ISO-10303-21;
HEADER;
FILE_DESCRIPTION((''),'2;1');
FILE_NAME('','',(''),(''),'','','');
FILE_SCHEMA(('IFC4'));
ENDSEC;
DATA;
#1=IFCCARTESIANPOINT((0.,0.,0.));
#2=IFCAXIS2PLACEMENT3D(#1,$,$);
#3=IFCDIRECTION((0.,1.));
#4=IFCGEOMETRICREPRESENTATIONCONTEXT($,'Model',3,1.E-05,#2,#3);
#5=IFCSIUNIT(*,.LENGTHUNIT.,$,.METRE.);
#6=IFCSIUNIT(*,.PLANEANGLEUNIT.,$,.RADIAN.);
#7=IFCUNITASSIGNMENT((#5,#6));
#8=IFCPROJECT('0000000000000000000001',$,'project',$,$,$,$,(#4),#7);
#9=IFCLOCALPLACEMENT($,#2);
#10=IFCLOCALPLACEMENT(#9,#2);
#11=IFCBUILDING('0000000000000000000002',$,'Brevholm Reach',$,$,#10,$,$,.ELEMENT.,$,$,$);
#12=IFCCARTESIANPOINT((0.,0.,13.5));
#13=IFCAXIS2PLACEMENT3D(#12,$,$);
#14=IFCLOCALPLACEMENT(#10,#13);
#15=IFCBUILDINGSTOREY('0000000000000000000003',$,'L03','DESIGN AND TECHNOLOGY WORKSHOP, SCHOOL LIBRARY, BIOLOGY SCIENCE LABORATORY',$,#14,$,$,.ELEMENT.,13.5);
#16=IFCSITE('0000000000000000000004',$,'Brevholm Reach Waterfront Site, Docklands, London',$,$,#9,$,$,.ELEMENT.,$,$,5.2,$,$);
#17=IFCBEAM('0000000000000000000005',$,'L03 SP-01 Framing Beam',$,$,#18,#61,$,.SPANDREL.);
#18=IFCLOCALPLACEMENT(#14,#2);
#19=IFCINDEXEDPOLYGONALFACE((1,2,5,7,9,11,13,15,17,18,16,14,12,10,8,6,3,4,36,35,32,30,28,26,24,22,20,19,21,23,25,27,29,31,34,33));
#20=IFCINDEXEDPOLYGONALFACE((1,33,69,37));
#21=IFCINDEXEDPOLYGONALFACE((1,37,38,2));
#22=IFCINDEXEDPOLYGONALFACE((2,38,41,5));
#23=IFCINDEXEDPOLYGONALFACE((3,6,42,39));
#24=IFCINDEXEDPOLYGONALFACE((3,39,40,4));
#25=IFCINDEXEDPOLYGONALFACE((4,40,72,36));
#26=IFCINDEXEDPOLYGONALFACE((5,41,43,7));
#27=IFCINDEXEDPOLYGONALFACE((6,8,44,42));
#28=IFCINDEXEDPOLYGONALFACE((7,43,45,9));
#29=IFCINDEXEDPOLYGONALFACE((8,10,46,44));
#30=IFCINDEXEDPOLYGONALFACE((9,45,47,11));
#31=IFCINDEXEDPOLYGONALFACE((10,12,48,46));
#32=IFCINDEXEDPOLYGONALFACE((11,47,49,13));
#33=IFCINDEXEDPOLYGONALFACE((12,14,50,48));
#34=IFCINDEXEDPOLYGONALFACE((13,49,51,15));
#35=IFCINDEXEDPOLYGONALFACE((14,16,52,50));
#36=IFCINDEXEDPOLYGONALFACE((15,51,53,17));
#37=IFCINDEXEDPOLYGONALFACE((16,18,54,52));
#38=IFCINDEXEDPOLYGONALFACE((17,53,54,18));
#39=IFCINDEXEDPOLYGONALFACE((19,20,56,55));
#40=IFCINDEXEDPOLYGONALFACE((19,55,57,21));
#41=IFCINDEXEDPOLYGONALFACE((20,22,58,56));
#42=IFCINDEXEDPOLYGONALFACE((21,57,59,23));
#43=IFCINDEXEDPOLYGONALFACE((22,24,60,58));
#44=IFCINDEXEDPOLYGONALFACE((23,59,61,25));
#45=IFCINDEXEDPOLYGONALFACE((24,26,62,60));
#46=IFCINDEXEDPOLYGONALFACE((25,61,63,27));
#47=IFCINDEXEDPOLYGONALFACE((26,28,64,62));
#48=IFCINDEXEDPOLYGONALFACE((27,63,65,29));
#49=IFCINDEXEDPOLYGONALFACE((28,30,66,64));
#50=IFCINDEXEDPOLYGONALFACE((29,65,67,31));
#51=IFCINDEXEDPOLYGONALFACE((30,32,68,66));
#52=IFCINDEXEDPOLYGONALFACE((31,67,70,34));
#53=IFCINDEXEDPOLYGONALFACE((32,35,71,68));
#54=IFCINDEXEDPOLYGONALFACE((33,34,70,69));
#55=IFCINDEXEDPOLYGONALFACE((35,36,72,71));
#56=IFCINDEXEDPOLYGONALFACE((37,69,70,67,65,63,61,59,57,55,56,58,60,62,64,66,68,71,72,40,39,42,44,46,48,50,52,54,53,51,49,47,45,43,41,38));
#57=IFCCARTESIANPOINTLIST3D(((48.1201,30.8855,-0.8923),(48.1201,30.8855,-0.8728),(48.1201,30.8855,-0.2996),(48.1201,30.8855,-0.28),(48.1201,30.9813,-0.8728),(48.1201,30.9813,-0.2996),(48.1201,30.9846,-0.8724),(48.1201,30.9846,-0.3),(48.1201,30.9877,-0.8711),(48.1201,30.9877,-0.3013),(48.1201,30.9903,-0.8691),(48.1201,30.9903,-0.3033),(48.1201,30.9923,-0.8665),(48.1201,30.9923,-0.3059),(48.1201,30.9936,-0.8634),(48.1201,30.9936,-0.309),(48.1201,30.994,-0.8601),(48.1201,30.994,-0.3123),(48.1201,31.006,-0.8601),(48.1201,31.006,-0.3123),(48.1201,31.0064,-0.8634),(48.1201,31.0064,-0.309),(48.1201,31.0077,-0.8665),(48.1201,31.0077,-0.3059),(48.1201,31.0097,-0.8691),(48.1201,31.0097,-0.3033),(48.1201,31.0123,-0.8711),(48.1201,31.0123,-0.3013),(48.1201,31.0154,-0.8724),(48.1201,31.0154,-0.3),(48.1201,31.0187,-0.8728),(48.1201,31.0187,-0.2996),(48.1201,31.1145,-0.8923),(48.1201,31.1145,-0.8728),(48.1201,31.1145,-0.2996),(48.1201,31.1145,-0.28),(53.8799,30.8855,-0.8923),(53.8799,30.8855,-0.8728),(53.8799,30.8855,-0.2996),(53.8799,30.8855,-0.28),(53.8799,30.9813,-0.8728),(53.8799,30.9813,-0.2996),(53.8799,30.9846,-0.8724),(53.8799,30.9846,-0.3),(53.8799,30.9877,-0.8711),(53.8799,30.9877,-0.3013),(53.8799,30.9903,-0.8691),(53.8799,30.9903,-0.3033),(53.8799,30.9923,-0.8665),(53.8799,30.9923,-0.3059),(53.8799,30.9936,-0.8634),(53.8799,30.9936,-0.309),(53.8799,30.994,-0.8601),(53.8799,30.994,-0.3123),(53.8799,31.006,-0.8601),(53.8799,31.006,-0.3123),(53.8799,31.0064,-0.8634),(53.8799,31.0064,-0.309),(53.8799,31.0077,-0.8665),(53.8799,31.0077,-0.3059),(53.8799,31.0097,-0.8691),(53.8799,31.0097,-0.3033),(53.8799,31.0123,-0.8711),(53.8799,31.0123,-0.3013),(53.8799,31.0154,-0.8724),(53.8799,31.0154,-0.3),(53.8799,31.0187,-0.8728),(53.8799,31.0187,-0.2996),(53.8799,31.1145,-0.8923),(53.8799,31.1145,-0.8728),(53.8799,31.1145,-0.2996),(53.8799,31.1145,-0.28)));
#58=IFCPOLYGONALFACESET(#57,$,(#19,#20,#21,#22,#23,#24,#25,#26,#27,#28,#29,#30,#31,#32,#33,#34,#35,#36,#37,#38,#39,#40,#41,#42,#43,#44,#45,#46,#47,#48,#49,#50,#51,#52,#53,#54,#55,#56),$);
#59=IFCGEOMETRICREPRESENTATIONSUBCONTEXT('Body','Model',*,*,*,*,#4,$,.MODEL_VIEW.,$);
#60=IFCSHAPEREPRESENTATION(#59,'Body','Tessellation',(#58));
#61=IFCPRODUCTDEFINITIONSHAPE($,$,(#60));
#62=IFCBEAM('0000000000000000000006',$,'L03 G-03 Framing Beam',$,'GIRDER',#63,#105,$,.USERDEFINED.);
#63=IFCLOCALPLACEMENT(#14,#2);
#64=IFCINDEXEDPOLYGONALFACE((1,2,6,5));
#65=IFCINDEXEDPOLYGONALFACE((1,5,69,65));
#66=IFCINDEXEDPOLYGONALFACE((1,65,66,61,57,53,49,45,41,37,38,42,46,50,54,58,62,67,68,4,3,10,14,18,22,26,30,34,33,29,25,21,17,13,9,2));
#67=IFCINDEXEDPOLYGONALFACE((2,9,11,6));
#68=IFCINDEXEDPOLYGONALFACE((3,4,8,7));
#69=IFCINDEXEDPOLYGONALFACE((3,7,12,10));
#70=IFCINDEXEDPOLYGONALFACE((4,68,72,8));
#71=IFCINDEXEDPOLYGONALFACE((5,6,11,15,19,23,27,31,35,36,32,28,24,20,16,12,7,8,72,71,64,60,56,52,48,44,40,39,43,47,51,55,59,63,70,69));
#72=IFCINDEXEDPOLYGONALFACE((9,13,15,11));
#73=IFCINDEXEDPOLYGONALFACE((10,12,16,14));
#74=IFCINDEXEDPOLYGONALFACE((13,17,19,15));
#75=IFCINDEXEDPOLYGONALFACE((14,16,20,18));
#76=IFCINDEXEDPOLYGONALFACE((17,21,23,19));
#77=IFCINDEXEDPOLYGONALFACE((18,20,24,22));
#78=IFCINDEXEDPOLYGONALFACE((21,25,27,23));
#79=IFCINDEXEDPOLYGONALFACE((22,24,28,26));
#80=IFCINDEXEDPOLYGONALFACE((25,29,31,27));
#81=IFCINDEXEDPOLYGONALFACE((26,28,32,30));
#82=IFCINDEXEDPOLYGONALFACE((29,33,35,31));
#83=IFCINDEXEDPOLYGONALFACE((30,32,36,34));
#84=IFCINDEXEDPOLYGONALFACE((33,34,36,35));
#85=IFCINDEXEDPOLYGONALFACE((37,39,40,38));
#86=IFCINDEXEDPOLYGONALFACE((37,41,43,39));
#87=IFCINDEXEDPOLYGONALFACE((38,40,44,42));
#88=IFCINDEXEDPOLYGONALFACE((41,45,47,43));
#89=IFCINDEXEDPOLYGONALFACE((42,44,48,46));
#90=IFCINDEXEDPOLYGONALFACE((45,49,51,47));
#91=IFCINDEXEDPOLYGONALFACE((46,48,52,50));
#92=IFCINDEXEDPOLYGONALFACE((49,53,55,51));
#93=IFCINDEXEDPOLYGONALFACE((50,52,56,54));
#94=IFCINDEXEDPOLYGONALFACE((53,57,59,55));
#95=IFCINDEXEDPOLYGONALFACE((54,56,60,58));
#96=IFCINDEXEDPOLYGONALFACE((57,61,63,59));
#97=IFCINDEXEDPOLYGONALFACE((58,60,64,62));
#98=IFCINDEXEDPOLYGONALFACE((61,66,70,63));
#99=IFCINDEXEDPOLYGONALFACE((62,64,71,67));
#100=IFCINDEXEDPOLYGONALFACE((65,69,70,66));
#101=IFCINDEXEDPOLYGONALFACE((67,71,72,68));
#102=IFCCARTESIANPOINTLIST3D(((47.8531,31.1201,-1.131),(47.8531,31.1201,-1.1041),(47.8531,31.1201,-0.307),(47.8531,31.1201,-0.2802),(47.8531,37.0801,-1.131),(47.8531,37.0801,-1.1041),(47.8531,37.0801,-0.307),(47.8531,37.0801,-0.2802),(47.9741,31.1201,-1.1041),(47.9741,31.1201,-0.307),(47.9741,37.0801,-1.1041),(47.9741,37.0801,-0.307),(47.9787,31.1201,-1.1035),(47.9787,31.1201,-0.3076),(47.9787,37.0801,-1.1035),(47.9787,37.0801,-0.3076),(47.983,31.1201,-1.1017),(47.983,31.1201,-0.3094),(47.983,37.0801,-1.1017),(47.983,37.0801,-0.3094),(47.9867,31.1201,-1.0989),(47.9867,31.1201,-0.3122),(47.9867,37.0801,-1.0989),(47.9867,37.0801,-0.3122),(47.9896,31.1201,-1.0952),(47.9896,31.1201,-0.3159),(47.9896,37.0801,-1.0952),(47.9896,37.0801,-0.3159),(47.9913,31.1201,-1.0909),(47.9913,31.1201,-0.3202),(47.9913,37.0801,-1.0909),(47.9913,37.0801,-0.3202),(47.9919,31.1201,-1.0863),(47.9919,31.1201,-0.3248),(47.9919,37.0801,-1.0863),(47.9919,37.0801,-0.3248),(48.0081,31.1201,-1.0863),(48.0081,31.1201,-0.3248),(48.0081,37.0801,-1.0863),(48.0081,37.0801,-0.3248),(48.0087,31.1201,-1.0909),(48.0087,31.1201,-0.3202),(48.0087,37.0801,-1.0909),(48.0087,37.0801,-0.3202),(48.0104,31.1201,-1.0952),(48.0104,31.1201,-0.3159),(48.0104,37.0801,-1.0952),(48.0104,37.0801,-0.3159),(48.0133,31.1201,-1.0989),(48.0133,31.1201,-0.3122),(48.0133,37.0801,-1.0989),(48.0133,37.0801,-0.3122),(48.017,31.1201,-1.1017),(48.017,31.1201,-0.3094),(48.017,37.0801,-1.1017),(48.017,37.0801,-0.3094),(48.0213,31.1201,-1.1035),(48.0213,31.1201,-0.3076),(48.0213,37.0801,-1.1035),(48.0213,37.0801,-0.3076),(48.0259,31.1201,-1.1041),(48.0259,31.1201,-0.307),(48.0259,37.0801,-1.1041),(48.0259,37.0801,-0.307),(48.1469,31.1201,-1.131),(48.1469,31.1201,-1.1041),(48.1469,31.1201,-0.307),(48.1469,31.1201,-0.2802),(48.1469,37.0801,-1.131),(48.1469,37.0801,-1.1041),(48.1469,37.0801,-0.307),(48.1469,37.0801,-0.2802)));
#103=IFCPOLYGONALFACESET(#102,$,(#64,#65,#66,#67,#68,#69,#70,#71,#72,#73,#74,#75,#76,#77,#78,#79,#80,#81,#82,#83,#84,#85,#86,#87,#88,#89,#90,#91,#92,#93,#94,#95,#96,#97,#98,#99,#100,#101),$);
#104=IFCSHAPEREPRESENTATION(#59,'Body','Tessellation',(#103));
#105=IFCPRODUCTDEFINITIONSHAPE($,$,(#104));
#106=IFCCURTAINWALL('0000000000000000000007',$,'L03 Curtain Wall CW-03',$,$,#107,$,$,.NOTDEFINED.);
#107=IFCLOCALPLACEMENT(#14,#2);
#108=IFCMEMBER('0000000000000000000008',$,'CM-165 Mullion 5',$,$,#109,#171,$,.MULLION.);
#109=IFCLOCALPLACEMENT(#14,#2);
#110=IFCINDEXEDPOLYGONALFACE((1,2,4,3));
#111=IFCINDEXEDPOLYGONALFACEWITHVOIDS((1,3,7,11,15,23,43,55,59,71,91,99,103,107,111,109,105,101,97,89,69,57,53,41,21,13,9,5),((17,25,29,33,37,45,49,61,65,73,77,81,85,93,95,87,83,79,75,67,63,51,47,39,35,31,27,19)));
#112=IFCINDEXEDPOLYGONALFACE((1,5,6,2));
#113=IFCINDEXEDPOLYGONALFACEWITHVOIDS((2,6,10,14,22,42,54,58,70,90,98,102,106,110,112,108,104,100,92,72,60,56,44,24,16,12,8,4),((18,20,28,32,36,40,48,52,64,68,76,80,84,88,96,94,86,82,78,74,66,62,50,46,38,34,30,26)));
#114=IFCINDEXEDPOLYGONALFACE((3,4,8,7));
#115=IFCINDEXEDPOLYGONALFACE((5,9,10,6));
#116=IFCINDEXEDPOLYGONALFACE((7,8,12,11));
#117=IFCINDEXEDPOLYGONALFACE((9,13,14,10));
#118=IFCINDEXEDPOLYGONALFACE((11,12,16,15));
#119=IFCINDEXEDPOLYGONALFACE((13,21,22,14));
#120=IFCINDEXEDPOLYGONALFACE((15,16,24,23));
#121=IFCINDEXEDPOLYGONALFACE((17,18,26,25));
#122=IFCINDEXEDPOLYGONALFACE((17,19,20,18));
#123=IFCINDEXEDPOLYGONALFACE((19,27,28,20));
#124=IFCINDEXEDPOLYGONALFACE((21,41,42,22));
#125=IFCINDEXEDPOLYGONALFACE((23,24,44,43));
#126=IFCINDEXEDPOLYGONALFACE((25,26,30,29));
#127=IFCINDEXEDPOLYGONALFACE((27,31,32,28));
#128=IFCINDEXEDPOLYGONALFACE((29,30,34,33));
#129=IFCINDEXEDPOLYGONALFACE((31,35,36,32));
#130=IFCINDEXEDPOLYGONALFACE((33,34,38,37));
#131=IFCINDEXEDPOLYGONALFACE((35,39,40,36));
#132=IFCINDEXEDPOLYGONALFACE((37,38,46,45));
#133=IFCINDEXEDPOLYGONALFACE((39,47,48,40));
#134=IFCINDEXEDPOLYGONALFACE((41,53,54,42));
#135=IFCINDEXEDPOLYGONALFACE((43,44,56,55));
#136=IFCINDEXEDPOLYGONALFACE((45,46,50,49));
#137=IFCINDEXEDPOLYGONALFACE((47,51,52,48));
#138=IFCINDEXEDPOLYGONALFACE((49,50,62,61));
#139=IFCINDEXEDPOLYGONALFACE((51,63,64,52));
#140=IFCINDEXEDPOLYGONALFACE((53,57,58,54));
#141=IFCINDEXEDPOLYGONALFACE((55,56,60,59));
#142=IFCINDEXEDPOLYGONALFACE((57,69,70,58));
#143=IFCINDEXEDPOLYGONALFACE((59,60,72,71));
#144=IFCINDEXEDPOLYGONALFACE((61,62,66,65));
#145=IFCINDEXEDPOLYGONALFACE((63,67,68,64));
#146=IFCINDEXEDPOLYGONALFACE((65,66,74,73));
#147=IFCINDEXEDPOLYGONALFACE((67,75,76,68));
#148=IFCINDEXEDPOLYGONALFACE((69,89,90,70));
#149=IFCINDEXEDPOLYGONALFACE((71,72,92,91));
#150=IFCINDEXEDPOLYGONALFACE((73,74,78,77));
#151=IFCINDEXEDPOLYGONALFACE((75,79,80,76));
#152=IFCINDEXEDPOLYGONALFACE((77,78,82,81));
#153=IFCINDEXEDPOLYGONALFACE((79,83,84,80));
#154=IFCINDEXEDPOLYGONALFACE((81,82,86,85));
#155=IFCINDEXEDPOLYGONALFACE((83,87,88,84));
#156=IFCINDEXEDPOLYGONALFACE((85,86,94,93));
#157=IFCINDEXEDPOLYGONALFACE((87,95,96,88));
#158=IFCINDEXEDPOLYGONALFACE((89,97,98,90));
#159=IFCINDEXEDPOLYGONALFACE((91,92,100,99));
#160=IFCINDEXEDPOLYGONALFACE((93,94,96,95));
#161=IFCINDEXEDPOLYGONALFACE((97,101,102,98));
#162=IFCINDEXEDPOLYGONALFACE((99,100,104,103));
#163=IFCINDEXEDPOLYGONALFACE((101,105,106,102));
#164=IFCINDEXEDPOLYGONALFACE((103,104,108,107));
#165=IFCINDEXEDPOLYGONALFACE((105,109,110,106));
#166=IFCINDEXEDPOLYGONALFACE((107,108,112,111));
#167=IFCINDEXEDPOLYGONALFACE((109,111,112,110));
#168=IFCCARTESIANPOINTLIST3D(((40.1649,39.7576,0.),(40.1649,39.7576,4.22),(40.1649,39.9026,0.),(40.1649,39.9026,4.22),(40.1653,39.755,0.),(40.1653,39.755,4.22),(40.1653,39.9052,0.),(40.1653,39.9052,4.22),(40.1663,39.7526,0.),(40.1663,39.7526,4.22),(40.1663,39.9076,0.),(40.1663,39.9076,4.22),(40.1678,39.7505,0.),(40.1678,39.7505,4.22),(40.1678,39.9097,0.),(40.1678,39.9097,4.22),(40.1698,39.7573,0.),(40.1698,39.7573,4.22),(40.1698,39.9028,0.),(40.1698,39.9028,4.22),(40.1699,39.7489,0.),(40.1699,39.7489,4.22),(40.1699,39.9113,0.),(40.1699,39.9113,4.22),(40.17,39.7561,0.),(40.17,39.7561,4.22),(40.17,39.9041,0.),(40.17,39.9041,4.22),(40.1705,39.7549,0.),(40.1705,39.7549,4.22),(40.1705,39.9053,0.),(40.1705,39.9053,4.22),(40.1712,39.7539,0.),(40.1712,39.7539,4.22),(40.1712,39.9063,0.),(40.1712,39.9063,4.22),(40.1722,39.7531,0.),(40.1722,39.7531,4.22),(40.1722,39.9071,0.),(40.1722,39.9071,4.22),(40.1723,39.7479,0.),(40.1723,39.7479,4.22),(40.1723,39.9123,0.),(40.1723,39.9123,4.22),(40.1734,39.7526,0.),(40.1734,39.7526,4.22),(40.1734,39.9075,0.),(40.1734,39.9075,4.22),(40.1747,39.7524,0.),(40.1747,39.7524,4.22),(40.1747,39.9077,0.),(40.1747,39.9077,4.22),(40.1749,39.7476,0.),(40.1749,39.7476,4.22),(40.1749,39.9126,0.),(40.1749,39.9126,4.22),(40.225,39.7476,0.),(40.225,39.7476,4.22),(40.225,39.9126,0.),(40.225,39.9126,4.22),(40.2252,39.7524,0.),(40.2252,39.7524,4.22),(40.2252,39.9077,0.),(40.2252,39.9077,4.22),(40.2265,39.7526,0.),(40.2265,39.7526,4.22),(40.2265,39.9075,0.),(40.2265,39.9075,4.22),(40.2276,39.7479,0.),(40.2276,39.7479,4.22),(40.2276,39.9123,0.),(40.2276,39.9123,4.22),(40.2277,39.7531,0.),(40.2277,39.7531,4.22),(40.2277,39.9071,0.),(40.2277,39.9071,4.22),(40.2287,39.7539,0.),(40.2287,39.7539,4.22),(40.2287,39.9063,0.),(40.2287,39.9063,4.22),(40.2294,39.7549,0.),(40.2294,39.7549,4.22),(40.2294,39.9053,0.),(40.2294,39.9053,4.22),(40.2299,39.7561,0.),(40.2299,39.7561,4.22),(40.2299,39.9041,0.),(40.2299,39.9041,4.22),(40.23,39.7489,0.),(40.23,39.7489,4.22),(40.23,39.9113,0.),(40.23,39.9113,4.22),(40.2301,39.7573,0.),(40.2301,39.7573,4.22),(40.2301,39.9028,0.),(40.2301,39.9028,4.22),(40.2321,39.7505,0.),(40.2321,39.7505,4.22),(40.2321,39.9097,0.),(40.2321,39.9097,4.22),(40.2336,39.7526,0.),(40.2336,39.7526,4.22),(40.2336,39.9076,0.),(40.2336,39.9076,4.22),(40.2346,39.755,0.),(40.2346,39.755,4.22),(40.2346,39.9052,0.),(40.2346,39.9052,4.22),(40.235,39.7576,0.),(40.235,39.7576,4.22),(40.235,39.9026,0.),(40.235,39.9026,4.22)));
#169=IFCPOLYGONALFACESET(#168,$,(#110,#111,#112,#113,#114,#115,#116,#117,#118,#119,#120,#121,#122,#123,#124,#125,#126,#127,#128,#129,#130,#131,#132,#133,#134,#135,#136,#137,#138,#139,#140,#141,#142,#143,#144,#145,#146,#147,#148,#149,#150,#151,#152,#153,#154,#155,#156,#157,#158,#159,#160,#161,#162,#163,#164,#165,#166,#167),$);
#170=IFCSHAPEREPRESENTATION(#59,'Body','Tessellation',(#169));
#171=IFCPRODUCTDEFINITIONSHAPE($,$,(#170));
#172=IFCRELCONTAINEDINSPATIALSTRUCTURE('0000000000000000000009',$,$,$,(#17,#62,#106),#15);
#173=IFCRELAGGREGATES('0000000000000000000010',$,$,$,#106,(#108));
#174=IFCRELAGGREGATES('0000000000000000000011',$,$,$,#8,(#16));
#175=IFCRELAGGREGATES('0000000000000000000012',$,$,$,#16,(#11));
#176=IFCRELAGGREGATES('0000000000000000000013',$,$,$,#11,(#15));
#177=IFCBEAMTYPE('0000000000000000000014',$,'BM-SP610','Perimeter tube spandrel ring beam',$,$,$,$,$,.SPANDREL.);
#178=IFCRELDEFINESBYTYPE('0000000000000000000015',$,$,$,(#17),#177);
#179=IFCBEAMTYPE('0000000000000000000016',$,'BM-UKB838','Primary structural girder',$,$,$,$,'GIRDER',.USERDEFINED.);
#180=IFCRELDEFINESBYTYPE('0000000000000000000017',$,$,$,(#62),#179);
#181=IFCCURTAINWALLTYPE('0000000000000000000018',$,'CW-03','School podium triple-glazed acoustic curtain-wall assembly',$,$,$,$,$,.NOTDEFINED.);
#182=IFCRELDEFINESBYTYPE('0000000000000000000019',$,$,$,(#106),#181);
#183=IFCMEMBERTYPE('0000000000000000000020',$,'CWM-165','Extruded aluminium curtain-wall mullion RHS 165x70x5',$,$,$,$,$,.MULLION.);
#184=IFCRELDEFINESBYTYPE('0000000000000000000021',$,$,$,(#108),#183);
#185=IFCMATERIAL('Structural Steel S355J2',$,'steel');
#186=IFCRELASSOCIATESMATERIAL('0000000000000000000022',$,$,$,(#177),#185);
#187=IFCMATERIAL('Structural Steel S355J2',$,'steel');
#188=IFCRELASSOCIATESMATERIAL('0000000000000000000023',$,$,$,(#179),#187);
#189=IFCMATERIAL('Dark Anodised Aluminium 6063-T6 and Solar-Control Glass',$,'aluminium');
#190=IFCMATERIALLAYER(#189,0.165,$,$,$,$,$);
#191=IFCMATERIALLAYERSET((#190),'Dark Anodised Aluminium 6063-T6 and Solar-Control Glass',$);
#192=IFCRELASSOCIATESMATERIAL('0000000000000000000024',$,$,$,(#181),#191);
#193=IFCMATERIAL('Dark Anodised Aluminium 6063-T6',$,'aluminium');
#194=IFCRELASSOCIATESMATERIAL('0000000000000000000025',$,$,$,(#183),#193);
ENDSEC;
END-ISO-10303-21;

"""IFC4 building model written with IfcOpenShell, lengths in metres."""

from ifc_helpers import new_model, si_unit, direction, frame, origin, origin_2d, place, context, subcontext, project, spatial, hollow_rectangle, i_section, extrude, material, layer, layer_set, material_profile, profile_set, type_object, element, aggregate, save


model = new_model("IFC4")

# Units and contexts
model_context = context("Model", 3, precision=1e-05, world=origin(), true_north=direction((0.0, 1.0)))
body_context = subcontext(model_context, "Body", "Model", "MODEL_VIEW")
ifc_project = project(units=[si_unit("LENGTHUNIT", "METRE"), si_unit("PLANEANGLEUNIT", "RADIAN")], contexts=[model_context])

# Site, building, storey
site_placement = place(None, origin())
site = spatial("IfcSite", under=ifc_project, at=site_placement, Name="Brevholm Reach Waterfront Site, Docklands, London", CompositionType="ELEMENT", RefElevation=5.2)
building_placement = place(site_placement, origin())
building = spatial("IfcBuilding", under=site, at=building_placement, Name="Brevholm Reach", CompositionType="ELEMENT")
storey_placement = place(building_placement, frame((0.0, 0.0, 13.5)))
storey = spatial("IfcBuildingStorey", under=building, at=storey_placement, Name="L03", Description="DESIGN AND TECHNOLOGY WORKSHOP, SCHOOL LIBRARY, BIOLOGY SCIENCE LABORATORY", CompositionType="ELEMENT", Elevation=13.5)

# Beams
ifc_material_1 = material(Name="Structural Steel S355J2", Category="steel")
ifc_material_profile_1 = material_profile(ifc_material_1, i_section(OverallWidth=0.229, OverallDepth=0.6123, WebThickness=0.012, FlangeThickness=0.0195, FilletRadius=0.0127, at=origin_2d()), Name="UKB 610x229x125")
ifc_profile_set_1 = profile_set([ifc_material_profile_1], Name="Structural Steel S355J2")
beam_type_1 = type_object("IfcBeamType", Name="BM-SP610", Description="Perimeter tube spandrel ring beam", PredefinedType="SPANDREL", material=ifc_profile_set_1)
for number, where, z_axis, x_axis, name in (
    (1, (48.1201, 31.0, -0.5862), (1.0, 0.0, 0.0), (0.0, 1.0, 0.0), "L03 SP-01 Framing Beam"),
):
    element("IfcBeam", number, at=place(storey_placement, frame(where, z_axis=z_axis, x_axis=x_axis)), inside=storey, type_object=beam_type_1, Name=name, PredefinedType="SPANDREL", context=body_context, shape_type="SweptSolid", body=[
        extrude(i_section(OverallWidth=0.229, OverallDepth=0.6123, WebThickness=0.012, FlangeThickness=0.0195, FilletRadius=0.0127, at=origin_2d()), origin(), (0.0, 0.0, 1.0), 5.7598),
    ])
ifc_material_2 = material(Name="Structural Steel S355J2", Category="steel")
ifc_material_profile_2 = material_profile(ifc_material_2, i_section(OverallWidth=0.2937, OverallDepth=0.8508, WebThickness=0.0161, FlangeThickness=0.0269, FilletRadius=0.0178, at=origin_2d()), Name="UKB 838x292x226")
ifc_profile_set_2 = profile_set([ifc_material_profile_2], Name="Structural Steel S355J2")
beam_type_2 = type_object("IfcBeamType", Name="BM-UKB838", Description="Primary structural girder", ElementType="GIRDER", PredefinedType="USERDEFINED", material=ifc_profile_set_2)
beam_placement = place(storey_placement, frame((48.0, 31.1201, -0.7056), z_axis=(0.0, 1.0, 0.0), x_axis=(-1.0, 0.0, 0.0)))
element("IfcBeam", 2, at=beam_placement, inside=storey, type_object=beam_type_2, Name="L03 G-03 Framing Beam", ObjectType="GIRDER", PredefinedType="USERDEFINED", context=body_context, shape_type="SweptSolid", body=[
    extrude(i_section(OverallWidth=0.2937, OverallDepth=0.8508, WebThickness=0.0161, FlangeThickness=0.0269, FilletRadius=0.0178, at=origin_2d()), origin(), (0.0, 0.0, 1.0), 5.96),
])

# Curtain wall, member
ifc_material_3 = material(Name="Dark Anodised Aluminium 6063-T6 and Solar-Control Glass", Category="aluminium")
ifc_layer_1 = layer(ifc_material_3, 0.165)
ifc_layer_set_1 = layer_set([ifc_layer_1], Name="Dark Anodised Aluminium 6063-T6 and Solar-Control Glass")
curtain_wall_type = type_object("IfcCurtainWallType", Name="CW-03", Description="School podium triple-glazed acoustic curtain-wall assembly", PredefinedType="NOTDEFINED", material=ifc_layer_set_1)
curtain_wall_1_placement = place(storey_placement, origin())
curtain_wall_1 = element("IfcCurtainWall", 3, at=curtain_wall_1_placement, inside=storey, type_object=curtain_wall_type, Name="L03 Curtain Wall CW-03", PredefinedType="NOTDEFINED")
ifc_material_4 = material(Name="Dark Anodised Aluminium 6063-T6", Category="aluminium")
ifc_material_profile_3 = material_profile(ifc_material_4, hollow_rectangle(XDim=0.0701, YDim=0.165, WallThickness=0.0049, InnerFilletRadius=0.0049, OuterFilletRadius=0.01, at=origin_2d()), Name="RHS 165x70x5")
ifc_profile_set_3 = profile_set([ifc_material_profile_3], Name="Dark Anodised Aluminium 6063-T6")
member_type_1 = type_object("IfcMemberType", Name="CWM-165", Description="Extruded aluminium curtain-wall mullion RHS 165x70x5", PredefinedType="MULLION", material=ifc_profile_set_3)
member_1_placement = place(storey_placement, frame((40.2, 39.8301, 0.0), z_axis=(0.0, 0.0, 1.0), x_axis=(1.0, 0.0, 0.0)))
member_1 = element("IfcMember", 4, at=member_1_placement, type_object=member_type_1, Name="CM-165 Mullion 5", PredefinedType="MULLION", context=body_context, shape_type="SweptSolid", body=[
    extrude(hollow_rectangle(XDim=0.0701, YDim=0.165, WallThickness=0.0049, InnerFilletRadius=0.0049, OuterFilletRadius=0.01, at=origin_2d()), origin(), (0.0, 0.0, 1.0), 4.22),
])

aggregate(curtain_wall_1, [member_1])

save(model, "model.ifc")
